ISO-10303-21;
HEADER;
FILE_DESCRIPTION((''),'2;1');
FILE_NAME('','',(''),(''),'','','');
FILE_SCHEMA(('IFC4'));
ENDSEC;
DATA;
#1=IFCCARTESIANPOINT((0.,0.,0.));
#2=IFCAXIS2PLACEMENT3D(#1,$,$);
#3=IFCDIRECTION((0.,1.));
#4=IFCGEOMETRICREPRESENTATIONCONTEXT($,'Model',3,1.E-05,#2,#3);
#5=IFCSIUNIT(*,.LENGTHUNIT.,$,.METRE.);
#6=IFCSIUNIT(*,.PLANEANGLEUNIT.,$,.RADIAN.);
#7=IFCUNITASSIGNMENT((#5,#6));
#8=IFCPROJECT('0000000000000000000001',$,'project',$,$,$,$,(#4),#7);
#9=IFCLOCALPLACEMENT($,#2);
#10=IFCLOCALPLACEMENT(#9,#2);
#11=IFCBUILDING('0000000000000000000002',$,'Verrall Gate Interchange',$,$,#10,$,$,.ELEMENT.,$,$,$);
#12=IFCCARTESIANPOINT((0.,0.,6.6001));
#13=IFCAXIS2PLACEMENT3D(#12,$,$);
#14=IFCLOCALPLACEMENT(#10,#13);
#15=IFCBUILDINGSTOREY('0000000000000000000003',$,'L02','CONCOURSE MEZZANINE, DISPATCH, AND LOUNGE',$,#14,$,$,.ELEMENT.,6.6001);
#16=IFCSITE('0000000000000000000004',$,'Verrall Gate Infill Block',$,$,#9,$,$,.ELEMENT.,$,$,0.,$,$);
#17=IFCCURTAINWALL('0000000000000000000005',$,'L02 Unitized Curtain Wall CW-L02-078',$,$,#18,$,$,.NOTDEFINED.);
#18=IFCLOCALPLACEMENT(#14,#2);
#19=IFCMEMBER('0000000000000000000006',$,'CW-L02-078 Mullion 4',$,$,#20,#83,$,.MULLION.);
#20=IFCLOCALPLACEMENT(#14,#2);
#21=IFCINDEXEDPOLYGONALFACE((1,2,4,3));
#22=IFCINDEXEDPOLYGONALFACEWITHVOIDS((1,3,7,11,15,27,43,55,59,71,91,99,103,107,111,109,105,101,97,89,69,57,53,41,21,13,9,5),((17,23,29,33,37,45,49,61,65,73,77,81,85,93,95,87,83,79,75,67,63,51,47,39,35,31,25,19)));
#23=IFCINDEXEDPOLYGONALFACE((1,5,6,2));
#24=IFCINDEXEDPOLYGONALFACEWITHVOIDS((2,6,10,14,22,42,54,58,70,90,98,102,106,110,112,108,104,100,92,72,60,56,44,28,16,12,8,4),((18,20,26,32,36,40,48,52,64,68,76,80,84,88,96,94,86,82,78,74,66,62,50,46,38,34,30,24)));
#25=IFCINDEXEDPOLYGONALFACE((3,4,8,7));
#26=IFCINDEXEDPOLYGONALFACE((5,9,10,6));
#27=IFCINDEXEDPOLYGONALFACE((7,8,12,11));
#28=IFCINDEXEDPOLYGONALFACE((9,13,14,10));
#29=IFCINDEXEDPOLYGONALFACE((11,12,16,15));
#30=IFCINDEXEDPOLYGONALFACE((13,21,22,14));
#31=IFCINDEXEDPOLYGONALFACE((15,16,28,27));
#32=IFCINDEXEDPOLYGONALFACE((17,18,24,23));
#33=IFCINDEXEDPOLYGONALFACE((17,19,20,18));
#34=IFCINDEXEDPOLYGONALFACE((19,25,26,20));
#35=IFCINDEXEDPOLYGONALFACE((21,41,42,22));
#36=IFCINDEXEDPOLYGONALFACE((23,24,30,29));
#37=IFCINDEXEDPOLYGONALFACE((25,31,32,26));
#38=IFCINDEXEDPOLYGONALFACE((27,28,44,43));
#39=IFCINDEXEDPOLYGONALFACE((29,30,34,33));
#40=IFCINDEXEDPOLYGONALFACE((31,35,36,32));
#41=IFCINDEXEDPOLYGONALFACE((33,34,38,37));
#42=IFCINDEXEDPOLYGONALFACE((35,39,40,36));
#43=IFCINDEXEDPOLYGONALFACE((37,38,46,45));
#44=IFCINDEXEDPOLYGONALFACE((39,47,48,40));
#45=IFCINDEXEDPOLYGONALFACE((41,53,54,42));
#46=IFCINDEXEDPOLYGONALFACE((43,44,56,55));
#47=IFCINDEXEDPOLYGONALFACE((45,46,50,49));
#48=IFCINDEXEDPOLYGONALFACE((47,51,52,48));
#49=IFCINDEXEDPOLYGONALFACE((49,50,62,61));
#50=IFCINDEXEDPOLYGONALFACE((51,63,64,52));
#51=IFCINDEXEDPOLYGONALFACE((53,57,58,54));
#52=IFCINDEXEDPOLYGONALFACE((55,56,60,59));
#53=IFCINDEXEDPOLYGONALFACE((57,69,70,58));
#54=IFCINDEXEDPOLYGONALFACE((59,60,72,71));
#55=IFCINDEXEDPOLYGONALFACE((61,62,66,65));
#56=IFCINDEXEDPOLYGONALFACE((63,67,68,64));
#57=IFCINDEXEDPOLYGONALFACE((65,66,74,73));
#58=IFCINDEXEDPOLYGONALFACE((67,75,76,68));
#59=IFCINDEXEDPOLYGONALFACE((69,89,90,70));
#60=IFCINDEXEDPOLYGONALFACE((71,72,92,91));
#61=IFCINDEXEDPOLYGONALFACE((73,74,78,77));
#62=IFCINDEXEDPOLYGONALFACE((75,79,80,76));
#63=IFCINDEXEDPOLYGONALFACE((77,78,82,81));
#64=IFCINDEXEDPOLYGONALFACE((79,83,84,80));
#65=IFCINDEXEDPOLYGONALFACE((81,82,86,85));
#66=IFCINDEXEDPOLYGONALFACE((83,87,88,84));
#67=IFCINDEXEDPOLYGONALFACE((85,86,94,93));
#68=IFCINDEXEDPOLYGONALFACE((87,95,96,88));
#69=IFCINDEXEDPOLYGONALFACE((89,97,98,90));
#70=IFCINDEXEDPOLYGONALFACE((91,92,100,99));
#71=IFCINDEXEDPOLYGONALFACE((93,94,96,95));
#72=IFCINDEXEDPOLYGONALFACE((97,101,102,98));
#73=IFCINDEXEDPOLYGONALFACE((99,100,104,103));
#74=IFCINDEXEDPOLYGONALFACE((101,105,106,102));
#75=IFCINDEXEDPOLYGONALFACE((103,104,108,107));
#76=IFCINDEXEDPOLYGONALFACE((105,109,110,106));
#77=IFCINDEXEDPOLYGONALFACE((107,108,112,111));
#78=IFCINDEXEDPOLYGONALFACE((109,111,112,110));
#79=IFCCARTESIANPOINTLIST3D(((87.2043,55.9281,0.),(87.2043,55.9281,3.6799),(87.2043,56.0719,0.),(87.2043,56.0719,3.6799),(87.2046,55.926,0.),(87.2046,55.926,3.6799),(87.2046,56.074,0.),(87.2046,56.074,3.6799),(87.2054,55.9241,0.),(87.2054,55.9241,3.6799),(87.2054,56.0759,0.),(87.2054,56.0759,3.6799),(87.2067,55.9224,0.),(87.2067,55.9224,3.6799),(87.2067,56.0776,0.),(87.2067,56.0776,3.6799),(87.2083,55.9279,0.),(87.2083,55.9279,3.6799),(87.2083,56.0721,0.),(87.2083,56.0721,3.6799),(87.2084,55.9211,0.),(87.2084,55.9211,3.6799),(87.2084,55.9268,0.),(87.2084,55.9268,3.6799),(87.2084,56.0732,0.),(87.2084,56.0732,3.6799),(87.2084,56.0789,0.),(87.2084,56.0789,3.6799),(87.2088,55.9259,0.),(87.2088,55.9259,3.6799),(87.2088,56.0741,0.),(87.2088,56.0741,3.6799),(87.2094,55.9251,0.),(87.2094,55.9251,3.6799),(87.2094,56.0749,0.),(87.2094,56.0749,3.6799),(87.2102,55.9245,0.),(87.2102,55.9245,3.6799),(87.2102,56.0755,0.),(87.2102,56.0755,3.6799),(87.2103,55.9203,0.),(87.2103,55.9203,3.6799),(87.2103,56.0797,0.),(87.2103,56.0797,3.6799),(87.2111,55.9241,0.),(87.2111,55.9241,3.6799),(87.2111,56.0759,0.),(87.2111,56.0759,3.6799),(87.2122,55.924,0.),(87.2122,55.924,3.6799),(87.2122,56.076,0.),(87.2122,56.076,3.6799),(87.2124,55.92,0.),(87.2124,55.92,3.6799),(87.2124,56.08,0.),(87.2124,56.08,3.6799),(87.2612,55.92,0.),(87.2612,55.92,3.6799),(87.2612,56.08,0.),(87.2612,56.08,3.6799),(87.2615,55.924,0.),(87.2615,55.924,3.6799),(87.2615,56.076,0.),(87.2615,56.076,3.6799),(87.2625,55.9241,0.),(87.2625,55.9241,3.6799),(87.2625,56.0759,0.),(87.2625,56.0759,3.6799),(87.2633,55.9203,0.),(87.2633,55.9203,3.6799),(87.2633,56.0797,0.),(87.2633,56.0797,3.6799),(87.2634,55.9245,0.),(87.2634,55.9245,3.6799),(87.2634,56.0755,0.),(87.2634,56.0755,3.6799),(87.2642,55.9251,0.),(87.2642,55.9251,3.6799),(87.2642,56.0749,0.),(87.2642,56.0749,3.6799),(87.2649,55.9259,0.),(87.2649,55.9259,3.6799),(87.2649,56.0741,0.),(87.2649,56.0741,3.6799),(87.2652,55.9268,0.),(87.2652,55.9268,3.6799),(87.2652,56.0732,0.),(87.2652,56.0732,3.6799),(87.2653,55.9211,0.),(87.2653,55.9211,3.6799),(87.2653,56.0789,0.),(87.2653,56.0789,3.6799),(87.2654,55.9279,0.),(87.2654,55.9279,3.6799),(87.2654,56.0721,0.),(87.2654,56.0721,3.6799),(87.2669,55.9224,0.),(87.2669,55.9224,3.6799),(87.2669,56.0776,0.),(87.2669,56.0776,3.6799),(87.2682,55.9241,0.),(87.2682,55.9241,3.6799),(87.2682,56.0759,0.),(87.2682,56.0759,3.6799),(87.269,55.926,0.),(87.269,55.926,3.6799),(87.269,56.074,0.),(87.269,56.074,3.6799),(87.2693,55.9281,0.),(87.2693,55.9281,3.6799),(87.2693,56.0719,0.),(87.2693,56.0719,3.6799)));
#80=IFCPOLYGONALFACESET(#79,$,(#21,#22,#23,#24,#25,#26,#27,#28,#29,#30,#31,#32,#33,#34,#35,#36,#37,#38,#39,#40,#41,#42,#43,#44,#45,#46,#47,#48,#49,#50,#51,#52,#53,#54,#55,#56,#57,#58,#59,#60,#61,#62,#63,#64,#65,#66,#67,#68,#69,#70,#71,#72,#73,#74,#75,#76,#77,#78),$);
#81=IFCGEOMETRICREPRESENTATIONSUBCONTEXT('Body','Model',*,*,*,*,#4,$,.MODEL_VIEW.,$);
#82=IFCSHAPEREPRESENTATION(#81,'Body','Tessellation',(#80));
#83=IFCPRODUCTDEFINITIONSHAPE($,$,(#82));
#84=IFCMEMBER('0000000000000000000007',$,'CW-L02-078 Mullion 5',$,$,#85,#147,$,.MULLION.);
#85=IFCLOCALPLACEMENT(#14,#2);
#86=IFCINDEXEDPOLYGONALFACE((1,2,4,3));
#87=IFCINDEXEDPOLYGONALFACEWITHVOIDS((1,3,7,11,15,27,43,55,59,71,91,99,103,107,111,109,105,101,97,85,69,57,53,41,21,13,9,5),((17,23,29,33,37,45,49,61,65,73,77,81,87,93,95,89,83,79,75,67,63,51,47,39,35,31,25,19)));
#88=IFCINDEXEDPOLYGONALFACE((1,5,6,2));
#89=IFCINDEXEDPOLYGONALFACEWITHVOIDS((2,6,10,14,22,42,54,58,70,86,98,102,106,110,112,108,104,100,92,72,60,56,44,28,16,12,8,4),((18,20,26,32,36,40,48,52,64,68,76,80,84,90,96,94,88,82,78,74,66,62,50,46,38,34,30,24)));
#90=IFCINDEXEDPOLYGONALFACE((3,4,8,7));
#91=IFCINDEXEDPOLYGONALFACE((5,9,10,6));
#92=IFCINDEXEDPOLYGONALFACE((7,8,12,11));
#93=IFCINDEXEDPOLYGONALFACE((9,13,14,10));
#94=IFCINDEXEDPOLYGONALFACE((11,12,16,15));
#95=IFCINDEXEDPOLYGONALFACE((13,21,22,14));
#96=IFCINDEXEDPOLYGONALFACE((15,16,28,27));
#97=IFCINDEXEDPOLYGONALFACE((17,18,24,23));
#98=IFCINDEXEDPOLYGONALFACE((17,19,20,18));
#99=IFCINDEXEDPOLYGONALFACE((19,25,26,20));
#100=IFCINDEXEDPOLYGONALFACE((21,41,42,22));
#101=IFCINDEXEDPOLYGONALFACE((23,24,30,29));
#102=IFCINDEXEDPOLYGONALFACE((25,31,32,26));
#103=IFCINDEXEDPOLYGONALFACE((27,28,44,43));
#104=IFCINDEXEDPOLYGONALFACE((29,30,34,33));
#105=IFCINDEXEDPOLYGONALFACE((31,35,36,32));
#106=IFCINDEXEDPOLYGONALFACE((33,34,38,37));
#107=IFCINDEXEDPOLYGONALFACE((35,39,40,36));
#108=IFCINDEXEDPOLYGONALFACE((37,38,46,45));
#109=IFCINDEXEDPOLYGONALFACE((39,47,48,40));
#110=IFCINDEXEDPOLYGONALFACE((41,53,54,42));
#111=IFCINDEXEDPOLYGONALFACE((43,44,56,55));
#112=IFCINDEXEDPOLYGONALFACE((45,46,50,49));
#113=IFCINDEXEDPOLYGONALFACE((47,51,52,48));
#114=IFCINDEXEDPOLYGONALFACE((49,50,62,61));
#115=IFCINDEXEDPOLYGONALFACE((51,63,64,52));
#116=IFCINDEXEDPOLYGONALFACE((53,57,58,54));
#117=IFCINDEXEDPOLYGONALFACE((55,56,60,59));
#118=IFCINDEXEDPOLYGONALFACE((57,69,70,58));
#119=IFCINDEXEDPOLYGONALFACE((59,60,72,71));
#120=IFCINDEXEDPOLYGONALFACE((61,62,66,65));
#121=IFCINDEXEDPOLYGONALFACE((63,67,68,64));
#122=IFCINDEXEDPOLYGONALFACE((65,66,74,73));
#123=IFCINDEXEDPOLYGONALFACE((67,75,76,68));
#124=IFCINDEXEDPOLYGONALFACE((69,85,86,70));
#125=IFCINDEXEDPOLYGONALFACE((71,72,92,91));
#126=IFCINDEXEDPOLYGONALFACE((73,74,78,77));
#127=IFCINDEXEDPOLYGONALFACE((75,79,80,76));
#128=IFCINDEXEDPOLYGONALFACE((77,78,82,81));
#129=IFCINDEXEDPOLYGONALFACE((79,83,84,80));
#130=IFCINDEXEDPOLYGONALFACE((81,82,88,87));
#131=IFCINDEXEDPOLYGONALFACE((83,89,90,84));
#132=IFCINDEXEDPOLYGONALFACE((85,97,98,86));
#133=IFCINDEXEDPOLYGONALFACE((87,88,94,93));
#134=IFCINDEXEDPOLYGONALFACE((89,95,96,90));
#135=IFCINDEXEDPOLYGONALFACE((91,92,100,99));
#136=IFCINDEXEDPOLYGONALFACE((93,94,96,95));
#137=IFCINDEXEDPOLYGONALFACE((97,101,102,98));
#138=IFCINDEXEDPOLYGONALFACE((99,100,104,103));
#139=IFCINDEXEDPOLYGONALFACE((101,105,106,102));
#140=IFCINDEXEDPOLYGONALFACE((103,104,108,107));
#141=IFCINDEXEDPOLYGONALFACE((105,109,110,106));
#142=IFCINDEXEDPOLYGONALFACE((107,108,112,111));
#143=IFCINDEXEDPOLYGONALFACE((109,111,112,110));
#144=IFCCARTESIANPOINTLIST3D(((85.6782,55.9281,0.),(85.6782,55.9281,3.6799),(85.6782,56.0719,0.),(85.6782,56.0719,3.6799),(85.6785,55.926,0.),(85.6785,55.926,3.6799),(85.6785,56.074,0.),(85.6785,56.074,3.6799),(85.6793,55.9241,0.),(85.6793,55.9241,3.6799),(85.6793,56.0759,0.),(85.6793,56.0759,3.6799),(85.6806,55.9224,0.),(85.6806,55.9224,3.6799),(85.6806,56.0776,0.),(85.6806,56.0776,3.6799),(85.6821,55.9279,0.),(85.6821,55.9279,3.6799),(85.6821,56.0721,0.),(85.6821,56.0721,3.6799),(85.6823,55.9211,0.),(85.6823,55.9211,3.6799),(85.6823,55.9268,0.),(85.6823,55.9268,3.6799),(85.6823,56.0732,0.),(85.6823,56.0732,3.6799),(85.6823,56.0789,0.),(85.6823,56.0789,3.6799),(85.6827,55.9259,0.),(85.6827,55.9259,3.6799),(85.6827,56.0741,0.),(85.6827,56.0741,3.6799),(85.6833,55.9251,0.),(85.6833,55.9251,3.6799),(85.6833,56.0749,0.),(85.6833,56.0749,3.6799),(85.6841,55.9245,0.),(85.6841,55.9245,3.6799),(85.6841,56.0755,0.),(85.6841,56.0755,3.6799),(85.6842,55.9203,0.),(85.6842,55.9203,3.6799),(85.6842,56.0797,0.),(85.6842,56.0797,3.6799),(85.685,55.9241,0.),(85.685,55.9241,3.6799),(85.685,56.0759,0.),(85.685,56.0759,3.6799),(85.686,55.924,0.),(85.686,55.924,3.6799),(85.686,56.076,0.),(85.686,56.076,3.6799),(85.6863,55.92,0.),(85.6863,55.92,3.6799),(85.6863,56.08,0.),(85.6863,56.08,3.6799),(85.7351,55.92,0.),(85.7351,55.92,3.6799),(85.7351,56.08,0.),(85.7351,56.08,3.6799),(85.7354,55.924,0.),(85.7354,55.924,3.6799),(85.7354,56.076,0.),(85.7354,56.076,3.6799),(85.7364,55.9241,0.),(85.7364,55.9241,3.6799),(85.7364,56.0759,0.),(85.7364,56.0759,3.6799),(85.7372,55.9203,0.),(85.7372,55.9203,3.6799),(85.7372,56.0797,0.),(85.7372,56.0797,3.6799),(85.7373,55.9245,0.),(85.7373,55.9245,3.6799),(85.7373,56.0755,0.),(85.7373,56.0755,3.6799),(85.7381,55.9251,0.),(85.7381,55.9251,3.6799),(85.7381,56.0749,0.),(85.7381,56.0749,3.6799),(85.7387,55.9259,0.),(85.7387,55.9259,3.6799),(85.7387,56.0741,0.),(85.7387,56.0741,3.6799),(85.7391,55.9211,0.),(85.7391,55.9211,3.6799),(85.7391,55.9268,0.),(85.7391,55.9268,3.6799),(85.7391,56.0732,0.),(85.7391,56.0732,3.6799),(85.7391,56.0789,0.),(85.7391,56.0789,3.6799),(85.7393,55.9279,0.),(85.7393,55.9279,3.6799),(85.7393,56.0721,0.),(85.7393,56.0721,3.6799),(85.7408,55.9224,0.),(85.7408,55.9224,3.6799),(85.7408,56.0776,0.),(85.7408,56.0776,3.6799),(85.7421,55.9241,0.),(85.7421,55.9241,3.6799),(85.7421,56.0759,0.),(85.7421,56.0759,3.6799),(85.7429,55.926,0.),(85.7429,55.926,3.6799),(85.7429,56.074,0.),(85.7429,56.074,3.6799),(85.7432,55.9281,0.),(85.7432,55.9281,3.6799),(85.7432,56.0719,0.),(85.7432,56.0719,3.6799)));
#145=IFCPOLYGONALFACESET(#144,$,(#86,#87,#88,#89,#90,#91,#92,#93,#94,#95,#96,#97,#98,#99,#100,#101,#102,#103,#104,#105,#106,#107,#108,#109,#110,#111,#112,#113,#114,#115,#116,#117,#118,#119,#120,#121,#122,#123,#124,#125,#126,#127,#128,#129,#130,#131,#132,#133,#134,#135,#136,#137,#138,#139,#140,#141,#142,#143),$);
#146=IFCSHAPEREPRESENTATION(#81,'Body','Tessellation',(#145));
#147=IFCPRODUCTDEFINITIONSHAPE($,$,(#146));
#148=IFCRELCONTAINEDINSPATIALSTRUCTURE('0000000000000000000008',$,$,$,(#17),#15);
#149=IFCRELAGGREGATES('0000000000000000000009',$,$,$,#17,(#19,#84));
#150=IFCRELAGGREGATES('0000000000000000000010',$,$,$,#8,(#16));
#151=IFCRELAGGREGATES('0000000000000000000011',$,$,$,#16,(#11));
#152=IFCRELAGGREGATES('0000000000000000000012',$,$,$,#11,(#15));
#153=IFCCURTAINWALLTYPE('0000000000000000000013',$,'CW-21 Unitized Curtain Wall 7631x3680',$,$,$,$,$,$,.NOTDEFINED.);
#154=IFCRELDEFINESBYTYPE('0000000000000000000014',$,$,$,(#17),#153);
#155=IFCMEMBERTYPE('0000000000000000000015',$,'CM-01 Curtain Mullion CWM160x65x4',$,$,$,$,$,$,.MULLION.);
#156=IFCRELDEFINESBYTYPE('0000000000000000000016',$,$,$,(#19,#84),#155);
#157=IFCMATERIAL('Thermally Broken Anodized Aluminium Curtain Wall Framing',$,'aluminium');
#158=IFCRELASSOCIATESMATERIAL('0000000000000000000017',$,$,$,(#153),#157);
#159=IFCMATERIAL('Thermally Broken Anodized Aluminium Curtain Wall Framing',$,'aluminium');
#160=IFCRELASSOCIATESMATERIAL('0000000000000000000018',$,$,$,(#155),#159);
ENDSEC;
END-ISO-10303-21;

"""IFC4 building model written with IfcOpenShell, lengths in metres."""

from ifc_helpers import new_model, si_unit, direction, frame, origin, origin_2d, place, context, subcontext, project, spatial, hollow_rectangle, extrude, material, material_profile, profile_set, type_object, element, aggregate, save


model = new_model("IFC4")

# Units and contexts
model_context = context("Model", 3, precision=1e-05, world=origin(), true_north=direction((0.0, 1.0)))
body_context = subcontext(model_context, "Body", "Model", "MODEL_VIEW")
ifc_project = project(units=[si_unit("LENGTHUNIT", "METRE"), si_unit("PLANEANGLEUNIT", "RADIAN")], contexts=[model_context])

# Site, building, storey
site_placement = place(None, origin())
site = spatial("IfcSite", under=ifc_project, at=site_placement, Name="Verrall Gate Infill Block", CompositionType="ELEMENT", RefElevation=0.0)
building_placement = place(site_placement, origin())
building = spatial("IfcBuilding", under=site, at=building_placement, Name="Verrall Gate Interchange", CompositionType="ELEMENT")
storey_placement = place(building_placement, frame((0.0, 0.0, 6.6001)))
storey = spatial("IfcBuildingStorey", under=building, at=storey_placement, Name="L02", Description="CONCOURSE MEZZANINE, DISPATCH, AND LOUNGE", CompositionType="ELEMENT", Elevation=6.6001)

# Curtain wall, members
ifc_material_1 = material(Name="Thermally Broken Anodized Aluminium Curtain Wall Framing", Category="aluminium")
curtain_wall_type = type_object("IfcCurtainWallType", Name="CW-21 Unitized Curtain Wall 7631x3680", PredefinedType="NOTDEFINED", material=ifc_material_1)
curtain_wall_1_placement = place(storey_placement, origin())
curtain_wall_1 = element("IfcCurtainWall", 1, at=curtain_wall_1_placement, inside=storey, type_object=curtain_wall_type, Name="L02 Unitized Curtain Wall CW-L02-078", PredefinedType="NOTDEFINED")
ifc_material_2 = material(Name="Thermally Broken Anodized Aluminium Curtain Wall Framing", Category="aluminium")
ifc_material_profile_1 = material_profile(ifc_material_2, hollow_rectangle(XDim=0.0649, YDim=0.1599, WallThickness=0.0039, InnerFilletRadius=0.0039, OuterFilletRadius=0.0081, at=origin_2d()), Name="CWM160x65x4")
ifc_profile_set_1 = profile_set([ifc_material_profile_1], Name="Thermally Broken Anodized Aluminium Curtain Wall Framing")
member_type_1 = type_object("IfcMemberType", Name="CM-01 Curtain Mullion CWM160x65x4", PredefinedType="MULLION", material=ifc_profile_set_1)
member_1_placement = place(storey_placement, frame((87.2368, 56.0, 0.0), z_axis=(0.0, 0.0, 1.0), x_axis=(-1.0, 0.0, 0.0)))
member_1 = element("IfcMember", 2, at=member_1_placement, type_object=member_type_1, Name="CW-L02-078 Mullion 4", PredefinedType="MULLION", context=body_context, shape_type="SweptSolid", body=[
    extrude(hollow_rectangle(XDim=0.0649, YDim=0.1599, WallThickness=0.0039, InnerFilletRadius=0.0039, OuterFilletRadius=0.0081, at=origin_2d()), origin(), (0.0, 0.0, 1.0), 3.6799),
])
member_2_placement = place(storey_placement, frame((85.7107, 56.0, 0.0), z_axis=(0.0, 0.0, 1.0), x_axis=(-1.0, 0.0, 0.0)))
member_2 = element("IfcMember", 3, at=member_2_placement, type_object=member_type_1, Name="CW-L02-078 Mullion 5", PredefinedType="MULLION", context=body_context, shape_type="SweptSolid", body=[
    extrude(hollow_rectangle(XDim=0.0649, YDim=0.1599, WallThickness=0.0039, InnerFilletRadius=0.0039, OuterFilletRadius=0.0081, at=origin_2d()), origin(), (0.0, 0.0, 1.0), 3.6799),
])

aggregate(curtain_wall_1, [member_1, member_2])

save(model, "model.ifc")
